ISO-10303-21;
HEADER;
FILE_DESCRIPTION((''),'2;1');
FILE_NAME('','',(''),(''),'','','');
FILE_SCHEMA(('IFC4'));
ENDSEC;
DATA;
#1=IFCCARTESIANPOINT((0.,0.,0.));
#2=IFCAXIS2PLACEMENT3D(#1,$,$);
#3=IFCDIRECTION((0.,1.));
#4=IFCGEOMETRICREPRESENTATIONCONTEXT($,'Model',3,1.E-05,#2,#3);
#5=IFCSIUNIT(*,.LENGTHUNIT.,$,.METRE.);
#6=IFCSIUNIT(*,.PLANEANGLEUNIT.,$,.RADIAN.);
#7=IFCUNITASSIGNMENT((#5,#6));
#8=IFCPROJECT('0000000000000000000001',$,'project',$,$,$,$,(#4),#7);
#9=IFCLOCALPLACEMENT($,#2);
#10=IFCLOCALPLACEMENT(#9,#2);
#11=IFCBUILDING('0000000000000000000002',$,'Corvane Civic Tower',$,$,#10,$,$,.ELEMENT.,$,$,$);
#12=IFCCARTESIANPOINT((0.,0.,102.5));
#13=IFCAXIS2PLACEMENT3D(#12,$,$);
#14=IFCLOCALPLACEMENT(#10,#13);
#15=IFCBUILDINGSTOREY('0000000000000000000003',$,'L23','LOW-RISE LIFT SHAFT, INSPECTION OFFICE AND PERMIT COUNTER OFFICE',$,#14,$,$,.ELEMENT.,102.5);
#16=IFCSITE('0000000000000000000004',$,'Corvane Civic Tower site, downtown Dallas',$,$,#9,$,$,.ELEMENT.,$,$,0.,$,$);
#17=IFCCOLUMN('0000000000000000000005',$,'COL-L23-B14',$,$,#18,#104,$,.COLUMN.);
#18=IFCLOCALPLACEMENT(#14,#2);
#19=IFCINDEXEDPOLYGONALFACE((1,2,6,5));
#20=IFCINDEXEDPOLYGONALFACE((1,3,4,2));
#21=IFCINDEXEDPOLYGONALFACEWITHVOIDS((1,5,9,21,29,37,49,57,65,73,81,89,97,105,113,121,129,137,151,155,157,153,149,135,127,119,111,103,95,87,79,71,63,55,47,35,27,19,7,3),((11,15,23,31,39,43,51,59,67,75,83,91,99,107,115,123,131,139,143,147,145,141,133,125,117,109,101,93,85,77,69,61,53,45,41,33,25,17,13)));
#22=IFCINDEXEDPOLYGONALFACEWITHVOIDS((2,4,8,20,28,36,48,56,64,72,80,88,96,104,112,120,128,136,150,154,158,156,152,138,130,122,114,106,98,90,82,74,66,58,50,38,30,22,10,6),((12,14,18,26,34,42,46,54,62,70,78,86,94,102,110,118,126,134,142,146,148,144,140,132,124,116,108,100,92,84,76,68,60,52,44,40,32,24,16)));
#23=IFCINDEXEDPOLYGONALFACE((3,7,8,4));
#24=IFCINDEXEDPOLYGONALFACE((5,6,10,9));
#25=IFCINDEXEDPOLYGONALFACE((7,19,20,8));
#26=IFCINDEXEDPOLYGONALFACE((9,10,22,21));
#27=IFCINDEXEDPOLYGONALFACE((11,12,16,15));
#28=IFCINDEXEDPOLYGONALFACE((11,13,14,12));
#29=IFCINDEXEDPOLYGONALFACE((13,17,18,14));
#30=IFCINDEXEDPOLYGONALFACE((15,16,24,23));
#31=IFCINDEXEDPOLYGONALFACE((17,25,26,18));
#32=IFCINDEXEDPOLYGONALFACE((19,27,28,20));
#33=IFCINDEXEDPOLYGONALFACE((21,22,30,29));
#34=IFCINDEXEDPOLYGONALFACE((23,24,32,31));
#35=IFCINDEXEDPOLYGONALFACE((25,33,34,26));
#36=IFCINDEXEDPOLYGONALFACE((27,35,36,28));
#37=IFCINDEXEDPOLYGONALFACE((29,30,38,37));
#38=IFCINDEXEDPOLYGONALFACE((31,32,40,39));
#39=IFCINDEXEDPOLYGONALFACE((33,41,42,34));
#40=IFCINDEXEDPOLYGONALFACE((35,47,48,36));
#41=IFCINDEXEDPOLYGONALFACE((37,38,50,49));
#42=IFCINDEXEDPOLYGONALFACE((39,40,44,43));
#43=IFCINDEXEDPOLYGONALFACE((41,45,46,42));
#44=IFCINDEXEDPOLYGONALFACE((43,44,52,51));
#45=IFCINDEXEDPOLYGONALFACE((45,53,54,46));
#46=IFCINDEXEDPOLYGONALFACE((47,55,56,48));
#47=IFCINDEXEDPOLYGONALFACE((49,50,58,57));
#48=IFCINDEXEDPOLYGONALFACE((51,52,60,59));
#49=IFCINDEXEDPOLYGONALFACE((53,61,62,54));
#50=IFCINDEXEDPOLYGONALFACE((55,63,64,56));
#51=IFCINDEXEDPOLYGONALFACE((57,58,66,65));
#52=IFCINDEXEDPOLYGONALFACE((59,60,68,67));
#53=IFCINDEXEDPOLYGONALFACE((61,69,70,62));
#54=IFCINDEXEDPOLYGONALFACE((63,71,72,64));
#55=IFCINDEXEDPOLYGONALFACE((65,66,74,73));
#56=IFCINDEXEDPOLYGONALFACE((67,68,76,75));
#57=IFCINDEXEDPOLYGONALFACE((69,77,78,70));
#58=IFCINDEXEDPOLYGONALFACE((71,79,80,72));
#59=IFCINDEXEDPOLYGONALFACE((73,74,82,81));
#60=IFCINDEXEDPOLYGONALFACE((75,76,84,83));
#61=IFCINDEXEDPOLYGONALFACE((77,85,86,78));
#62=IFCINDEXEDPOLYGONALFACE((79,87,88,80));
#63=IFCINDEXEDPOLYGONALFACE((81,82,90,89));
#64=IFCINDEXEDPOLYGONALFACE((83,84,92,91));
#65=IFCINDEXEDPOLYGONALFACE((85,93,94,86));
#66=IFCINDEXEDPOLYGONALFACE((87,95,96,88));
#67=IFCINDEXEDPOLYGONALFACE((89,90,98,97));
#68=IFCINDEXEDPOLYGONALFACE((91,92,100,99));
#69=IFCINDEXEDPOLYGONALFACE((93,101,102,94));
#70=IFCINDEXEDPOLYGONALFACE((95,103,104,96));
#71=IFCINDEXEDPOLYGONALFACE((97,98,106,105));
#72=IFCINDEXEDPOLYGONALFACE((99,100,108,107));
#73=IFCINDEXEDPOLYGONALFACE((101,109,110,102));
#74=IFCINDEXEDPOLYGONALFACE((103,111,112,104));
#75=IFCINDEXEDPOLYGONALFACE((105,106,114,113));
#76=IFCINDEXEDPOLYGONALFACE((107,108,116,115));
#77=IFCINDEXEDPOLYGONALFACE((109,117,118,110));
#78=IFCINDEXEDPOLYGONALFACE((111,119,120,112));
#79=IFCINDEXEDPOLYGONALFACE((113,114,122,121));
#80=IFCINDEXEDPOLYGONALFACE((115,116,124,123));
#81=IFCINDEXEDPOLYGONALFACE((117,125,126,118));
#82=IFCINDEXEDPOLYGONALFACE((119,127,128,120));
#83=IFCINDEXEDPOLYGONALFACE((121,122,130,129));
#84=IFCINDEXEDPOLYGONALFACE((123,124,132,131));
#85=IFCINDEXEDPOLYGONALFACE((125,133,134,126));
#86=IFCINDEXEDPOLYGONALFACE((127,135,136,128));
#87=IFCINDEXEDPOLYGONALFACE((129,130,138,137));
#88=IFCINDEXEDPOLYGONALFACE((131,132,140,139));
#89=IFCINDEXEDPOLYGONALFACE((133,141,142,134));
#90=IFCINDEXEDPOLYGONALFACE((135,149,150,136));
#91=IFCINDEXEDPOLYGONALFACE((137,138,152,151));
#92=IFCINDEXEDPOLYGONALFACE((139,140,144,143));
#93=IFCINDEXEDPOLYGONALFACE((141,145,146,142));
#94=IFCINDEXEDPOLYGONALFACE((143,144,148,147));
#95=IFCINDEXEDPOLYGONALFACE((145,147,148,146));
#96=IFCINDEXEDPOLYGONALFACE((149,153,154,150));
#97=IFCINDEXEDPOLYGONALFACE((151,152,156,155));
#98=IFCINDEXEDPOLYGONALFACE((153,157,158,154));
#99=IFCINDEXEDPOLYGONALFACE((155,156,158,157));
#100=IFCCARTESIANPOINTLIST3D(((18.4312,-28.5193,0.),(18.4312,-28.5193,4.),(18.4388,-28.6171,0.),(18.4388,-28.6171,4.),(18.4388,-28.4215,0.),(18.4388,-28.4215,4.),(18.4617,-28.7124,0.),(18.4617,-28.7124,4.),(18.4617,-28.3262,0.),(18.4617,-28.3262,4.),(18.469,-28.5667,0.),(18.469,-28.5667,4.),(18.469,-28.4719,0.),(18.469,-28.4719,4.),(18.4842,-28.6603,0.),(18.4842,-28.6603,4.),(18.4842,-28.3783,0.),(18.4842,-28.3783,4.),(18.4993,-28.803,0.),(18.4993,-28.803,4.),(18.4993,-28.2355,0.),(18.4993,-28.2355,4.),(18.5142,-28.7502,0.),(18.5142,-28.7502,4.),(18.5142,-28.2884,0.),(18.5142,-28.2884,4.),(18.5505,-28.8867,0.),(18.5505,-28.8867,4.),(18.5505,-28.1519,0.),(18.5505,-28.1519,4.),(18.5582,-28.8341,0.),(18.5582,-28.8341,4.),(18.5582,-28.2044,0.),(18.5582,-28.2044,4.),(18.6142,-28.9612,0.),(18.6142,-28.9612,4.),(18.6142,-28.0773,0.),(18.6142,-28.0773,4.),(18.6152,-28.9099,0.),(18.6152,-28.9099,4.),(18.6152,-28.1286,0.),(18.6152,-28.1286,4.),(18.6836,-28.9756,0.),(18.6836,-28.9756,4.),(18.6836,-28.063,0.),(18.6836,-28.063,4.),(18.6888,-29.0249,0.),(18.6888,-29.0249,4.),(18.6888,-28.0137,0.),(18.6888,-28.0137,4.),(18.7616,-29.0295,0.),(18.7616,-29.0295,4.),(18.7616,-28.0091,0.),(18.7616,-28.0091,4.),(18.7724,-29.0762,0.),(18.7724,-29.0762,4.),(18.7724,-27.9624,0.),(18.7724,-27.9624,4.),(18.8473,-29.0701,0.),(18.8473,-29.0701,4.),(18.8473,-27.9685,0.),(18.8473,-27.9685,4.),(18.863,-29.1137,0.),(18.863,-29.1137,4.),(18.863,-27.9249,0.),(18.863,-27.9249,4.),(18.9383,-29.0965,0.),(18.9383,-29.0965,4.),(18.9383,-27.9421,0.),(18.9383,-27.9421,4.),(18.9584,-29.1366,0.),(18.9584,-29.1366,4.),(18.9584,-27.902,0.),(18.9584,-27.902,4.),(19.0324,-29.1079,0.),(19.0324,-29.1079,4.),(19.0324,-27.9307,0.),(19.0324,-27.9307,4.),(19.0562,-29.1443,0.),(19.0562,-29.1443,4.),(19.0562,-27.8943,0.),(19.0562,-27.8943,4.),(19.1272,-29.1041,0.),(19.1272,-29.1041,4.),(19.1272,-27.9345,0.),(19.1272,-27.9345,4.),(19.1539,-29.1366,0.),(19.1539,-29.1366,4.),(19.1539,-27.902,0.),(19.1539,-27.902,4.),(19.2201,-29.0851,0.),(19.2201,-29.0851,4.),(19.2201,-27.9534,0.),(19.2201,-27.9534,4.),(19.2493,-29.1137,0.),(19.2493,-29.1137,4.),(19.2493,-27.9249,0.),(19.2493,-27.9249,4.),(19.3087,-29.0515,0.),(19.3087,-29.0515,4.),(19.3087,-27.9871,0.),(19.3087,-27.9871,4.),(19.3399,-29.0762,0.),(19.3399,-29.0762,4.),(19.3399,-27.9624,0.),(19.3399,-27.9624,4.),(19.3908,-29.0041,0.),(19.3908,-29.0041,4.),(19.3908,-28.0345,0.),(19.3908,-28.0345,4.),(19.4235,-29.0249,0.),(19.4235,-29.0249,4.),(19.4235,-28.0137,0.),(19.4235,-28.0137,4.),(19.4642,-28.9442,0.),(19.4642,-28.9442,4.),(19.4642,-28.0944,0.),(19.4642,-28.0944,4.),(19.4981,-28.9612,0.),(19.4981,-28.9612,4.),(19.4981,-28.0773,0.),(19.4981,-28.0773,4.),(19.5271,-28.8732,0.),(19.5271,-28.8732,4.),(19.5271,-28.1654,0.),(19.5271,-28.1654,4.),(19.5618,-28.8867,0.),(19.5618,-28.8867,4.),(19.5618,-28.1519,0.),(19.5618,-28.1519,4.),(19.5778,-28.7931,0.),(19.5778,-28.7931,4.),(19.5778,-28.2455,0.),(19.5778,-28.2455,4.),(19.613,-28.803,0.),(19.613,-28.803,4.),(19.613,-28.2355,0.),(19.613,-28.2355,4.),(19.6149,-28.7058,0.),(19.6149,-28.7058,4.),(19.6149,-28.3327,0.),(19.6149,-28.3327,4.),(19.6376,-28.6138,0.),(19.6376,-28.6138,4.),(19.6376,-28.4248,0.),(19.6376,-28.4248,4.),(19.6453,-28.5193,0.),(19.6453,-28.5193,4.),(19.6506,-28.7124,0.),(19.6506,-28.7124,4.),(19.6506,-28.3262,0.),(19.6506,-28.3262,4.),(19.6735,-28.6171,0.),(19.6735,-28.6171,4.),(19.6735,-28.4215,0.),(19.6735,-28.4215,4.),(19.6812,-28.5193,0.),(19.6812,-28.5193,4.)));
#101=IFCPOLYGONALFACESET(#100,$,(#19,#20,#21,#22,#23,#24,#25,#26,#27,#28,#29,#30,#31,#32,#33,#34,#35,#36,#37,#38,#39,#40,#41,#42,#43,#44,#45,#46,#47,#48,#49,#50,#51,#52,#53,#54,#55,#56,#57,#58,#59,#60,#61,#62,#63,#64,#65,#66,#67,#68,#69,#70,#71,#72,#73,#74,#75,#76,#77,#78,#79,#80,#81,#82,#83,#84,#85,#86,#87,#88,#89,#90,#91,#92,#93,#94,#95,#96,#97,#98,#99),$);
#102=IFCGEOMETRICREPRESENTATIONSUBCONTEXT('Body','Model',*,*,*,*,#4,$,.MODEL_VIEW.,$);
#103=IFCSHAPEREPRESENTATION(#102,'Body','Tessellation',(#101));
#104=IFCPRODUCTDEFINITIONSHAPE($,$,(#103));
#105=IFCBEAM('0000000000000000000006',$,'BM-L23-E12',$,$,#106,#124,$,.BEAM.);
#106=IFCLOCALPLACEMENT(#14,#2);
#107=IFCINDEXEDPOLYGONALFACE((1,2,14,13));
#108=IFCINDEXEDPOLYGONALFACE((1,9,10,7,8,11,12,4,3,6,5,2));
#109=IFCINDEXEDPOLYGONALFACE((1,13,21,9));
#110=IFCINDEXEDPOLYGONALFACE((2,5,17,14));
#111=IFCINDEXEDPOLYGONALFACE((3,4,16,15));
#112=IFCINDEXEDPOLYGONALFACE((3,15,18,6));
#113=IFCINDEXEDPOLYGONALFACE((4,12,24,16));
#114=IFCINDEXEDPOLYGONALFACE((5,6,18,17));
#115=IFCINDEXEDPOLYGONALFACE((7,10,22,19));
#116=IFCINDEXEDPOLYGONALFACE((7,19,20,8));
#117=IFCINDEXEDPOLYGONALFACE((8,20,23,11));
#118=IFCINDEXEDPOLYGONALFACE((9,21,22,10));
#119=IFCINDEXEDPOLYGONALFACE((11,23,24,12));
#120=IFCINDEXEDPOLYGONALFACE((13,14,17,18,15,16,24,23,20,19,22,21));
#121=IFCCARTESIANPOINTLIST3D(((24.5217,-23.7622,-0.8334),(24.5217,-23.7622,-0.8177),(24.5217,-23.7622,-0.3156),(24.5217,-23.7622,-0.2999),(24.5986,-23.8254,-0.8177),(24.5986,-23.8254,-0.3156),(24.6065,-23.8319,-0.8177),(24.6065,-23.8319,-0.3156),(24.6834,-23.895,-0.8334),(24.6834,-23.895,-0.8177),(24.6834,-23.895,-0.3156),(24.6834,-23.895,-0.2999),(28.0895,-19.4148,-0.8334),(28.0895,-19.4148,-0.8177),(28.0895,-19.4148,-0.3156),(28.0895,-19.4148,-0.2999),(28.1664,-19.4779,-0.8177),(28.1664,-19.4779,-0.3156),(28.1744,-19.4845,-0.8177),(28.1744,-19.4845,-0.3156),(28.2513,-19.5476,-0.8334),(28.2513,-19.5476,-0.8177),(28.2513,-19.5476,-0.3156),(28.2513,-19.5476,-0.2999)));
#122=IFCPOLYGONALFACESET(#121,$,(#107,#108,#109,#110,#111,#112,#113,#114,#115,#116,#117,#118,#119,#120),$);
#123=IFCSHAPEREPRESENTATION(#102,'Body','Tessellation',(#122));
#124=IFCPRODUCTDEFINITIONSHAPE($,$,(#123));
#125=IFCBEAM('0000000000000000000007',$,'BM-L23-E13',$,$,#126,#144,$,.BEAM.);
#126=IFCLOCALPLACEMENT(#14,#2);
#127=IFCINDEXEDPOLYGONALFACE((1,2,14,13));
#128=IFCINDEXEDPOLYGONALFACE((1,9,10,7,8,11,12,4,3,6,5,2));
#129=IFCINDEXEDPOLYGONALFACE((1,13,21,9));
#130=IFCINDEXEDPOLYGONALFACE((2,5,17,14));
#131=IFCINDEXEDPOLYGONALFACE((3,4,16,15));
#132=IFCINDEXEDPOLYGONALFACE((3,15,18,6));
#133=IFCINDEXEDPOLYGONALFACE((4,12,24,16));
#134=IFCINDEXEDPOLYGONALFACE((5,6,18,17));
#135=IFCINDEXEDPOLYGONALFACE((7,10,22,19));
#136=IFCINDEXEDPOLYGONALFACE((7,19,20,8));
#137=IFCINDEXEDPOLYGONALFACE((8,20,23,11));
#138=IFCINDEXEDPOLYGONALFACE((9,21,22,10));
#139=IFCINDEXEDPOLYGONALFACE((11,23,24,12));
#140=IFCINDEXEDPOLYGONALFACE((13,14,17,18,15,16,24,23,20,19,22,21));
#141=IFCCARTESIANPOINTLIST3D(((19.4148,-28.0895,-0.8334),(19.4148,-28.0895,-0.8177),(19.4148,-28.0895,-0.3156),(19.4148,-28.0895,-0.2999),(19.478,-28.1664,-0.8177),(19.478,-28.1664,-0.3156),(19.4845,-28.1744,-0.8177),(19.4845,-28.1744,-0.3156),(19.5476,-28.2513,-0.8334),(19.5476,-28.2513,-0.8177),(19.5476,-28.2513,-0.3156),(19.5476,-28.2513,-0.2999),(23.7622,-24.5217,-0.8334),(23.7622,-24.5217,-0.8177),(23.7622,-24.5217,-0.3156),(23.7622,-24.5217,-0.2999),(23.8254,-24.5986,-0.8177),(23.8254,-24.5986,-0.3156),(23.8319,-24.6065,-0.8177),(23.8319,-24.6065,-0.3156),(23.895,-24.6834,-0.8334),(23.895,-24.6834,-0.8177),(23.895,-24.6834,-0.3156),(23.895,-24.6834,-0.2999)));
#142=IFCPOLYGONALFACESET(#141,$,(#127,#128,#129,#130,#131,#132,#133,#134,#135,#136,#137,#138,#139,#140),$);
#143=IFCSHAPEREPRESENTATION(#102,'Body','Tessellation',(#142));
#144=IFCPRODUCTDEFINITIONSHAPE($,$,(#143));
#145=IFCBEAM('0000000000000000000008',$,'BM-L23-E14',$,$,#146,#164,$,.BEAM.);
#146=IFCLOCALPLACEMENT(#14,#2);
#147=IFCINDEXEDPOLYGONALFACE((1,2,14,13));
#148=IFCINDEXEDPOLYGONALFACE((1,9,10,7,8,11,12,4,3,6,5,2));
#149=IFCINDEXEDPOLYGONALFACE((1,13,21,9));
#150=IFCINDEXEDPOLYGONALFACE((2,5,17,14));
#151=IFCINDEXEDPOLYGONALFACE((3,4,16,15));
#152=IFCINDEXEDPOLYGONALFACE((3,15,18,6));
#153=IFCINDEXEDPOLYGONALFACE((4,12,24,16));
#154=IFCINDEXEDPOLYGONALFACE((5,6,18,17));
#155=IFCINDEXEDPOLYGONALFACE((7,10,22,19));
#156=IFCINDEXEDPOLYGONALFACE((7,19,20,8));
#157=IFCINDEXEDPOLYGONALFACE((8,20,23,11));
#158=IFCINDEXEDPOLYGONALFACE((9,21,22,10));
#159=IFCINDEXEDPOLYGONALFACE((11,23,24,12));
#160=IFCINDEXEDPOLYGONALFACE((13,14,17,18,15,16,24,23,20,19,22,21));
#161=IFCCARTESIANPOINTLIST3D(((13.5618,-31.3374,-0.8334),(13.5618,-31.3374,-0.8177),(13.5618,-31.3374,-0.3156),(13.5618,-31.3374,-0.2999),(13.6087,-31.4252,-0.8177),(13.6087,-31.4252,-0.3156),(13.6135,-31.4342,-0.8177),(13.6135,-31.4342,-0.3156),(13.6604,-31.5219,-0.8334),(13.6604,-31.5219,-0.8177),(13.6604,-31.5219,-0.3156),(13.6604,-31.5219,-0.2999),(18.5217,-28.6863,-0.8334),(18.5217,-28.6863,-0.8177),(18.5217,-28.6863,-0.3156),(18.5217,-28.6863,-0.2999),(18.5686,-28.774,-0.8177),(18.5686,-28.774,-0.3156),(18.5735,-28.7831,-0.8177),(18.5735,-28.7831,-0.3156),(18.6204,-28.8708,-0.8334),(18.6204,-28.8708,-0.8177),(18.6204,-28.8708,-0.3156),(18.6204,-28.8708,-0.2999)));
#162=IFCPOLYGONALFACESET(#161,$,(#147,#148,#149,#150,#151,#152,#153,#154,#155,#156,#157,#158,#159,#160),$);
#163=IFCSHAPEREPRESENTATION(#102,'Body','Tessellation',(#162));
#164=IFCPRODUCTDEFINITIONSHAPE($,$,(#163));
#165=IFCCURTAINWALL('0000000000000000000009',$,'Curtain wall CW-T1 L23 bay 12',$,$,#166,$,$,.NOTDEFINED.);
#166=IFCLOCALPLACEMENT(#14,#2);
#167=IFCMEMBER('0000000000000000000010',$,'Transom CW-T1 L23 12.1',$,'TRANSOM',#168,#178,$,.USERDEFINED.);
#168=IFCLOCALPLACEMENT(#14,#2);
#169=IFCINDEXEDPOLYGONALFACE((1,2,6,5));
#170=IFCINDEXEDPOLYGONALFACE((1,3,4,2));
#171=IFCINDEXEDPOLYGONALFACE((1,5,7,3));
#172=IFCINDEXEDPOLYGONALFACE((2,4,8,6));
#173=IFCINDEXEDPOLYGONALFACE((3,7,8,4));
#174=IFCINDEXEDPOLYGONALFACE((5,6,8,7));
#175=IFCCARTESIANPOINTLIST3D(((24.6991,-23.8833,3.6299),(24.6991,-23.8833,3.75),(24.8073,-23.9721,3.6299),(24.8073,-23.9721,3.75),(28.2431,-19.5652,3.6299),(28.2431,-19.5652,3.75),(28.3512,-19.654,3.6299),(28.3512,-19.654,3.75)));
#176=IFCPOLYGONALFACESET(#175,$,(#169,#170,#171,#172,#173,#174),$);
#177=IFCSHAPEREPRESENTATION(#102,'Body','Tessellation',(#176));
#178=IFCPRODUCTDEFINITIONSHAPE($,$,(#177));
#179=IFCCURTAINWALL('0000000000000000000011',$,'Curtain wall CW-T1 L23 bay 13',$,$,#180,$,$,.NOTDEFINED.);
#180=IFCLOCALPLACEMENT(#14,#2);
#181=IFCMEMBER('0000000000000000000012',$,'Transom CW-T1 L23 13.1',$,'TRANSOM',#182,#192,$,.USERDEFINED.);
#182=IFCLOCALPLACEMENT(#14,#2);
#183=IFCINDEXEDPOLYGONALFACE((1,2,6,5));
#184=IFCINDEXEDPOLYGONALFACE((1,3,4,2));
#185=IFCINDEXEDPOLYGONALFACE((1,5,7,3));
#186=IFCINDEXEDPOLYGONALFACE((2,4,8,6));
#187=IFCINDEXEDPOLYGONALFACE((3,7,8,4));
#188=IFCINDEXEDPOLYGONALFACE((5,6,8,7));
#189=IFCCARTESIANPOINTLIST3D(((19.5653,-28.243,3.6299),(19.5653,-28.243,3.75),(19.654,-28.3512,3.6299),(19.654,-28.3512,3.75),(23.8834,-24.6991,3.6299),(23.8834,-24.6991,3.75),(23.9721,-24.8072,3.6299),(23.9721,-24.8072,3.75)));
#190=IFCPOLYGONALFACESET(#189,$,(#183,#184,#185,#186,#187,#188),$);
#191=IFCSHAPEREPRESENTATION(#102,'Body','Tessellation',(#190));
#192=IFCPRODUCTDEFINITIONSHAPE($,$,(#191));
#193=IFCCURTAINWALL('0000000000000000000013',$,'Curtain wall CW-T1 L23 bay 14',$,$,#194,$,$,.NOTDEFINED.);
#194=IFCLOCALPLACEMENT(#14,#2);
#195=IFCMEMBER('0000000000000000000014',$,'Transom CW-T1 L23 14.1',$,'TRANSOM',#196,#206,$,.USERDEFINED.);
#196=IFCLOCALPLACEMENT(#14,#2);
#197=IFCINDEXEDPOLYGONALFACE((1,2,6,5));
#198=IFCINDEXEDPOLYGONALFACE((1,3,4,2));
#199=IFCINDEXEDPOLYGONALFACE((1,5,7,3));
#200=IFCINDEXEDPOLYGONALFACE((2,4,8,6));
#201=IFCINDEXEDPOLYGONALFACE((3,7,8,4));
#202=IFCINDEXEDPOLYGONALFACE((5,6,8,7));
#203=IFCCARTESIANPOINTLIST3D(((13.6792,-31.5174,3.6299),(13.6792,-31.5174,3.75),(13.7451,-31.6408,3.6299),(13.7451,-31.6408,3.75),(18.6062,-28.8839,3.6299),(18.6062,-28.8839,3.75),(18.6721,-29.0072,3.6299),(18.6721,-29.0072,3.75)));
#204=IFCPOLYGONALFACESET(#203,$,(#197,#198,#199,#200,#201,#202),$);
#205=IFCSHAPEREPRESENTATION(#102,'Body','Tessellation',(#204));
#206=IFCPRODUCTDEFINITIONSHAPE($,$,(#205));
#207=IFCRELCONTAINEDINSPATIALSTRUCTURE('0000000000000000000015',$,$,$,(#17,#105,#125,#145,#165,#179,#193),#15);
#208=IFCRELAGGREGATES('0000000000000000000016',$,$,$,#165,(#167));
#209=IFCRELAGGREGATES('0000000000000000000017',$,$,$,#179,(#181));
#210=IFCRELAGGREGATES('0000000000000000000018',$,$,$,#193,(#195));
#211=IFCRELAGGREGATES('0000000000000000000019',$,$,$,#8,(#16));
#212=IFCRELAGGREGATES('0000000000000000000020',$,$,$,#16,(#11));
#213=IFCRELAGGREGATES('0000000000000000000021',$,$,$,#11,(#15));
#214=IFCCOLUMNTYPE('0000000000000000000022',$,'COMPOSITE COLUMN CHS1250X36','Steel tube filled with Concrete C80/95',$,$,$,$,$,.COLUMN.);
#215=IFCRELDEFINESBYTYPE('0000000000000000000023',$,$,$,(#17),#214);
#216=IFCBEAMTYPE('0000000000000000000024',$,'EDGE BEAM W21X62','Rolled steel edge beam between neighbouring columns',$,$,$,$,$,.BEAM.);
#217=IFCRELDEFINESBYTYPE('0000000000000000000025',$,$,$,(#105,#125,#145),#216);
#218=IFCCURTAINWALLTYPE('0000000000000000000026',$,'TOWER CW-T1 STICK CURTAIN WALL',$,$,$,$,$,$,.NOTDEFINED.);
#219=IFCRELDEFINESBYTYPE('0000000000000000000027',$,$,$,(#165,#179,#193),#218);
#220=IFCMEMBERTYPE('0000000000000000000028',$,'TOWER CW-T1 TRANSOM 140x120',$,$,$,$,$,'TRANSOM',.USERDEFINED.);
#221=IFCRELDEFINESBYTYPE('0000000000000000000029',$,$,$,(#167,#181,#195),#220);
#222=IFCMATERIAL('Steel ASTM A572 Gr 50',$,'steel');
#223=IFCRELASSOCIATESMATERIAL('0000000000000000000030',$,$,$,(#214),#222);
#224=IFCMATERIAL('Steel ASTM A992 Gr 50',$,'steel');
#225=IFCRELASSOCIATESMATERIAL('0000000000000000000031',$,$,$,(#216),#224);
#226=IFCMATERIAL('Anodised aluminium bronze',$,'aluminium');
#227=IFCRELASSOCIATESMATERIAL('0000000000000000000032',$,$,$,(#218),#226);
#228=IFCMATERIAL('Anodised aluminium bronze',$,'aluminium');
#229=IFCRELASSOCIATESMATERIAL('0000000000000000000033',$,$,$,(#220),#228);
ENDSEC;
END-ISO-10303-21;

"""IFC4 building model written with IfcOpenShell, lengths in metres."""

from ifc_helpers import new_model, si_unit, direction, frame, origin, origin_2d, place, context, subcontext, project, spatial, rectangle, hollow_circle, i_section, extrude, material, material_profile, profile_set, type_object, element, aggregate, save


model = new_model("IFC4")

# Units and contexts
model_context = context("Model", 3, precision=1e-05, world=origin(), true_north=direction((0.0, 1.0)))
body_context = subcontext(model_context, "Body", "Model", "MODEL_VIEW")
ifc_project = project(units=[si_unit("LENGTHUNIT", "METRE"), si_unit("PLANEANGLEUNIT", "RADIAN")], contexts=[model_context])

# Site, building, storey
site_placement = place(None, origin())
site = spatial("IfcSite", under=ifc_project, at=site_placement, Name="Corvane Civic Tower site, downtown Dallas", CompositionType="ELEMENT", RefElevation=0.0)
building_placement = place(site_placement, origin())
building = spatial("IfcBuilding", under=site, at=building_placement, Name="Corvane Civic Tower", CompositionType="ELEMENT")
storey_placement = place(building_placement, frame((0.0, 0.0, 102.5)))
storey = spatial("IfcBuildingStorey", under=building, at=storey_placement, Name="L23", Description="LOW-RISE LIFT SHAFT, INSPECTION OFFICE AND PERMIT COUNTER OFFICE", CompositionType="ELEMENT", Elevation=102.5)

# Column
ifc_material_1 = material(Name="Steel ASTM A572 Gr 50", Category="steel")
ifc_material_profile_1 = material_profile(ifc_material_1, hollow_circle(Radius=0.625, WallThickness=0.0359, at=origin_2d()), Name="CHS1250X36")
ifc_profile_set_1 = profile_set([ifc_material_profile_1], Name="Steel ASTM A572 Gr 50")
column_type = type_object("IfcColumnType", Name="COMPOSITE COLUMN CHS1250X36", Description="Steel tube filled with Concrete C80/95", PredefinedType="COLUMN", material=ifc_profile_set_1)
for number, where, z_axis, x_axis, name in (
    (1, (19.0562, -28.5193, 0.0), (0.0, 0.0, 1.0), (1.0, 0.0, 0.0), "COL-L23-B14"),
):
    element("IfcColumn", number, at=place(storey_placement, frame(where, z_axis=z_axis, x_axis=x_axis)), inside=storey, type_object=column_type, Name=name, PredefinedType="COLUMN", context=body_context, shape_type="SweptSolid", body=[
        extrude(hollow_circle(Radius=0.625, WallThickness=0.0359, at=origin_2d()), origin(), (0.0, 0.0, 1.0), 4.0),
    ])

# Beams
ifc_material_2 = material(Name="Steel ASTM A992 Gr 50", Category="steel")
ifc_material_profile_2 = material_profile(ifc_material_2, i_section(OverallWidth=0.2092, OverallDepth=0.5334, WebThickness=0.0103, FlangeThickness=0.0156, at=origin_2d()), Name="W21X62")
ifc_profile_set_2 = profile_set([ifc_material_profile_2], Name="Steel ASTM A992 Gr 50")
beam_type = type_object("IfcBeamType", Name="EDGE BEAM W21X62", Description="Rolled steel edge beam between neighbouring columns", PredefinedType="BEAM", material=ifc_profile_set_2)
for number, where, z_axis, x_axis, name in (
    (2, (28.1704, -19.4812, -0.5667), (-0.634398, -0.773007, 0.0), (0.773007, -0.634398, 0.0), "BM-L23-E12"),
    (3, (23.8286, -24.6025, -0.5667), (-0.773007, -0.634398, 0.0), (0.634398, -0.773007, 0.0), "BM-L23-E13"),
    (4, (18.571, -28.7786, -0.5667), (-0.881924, -0.471392, 0.0), (0.471392, -0.881924, 0.0), "BM-L23-E14"),
):
    element("IfcBeam", number, at=place(storey_placement, frame(where, z_axis=z_axis, x_axis=x_axis)), inside=storey, type_object=beam_type, Name=name, PredefinedType="BEAM", context=body_context, shape_type="SweptSolid", body=[
        extrude(i_section(OverallWidth=0.2092, OverallDepth=0.5334, WebThickness=0.0103, FlangeThickness=0.0156, at=origin_2d()), origin(), (0.0, 0.0, 1.0), 5.624),
    ])

# Curtain walls, members
ifc_material_3 = material(Name="Anodised aluminium bronze", Category="aluminium")
curtain_wall_type = type_object("IfcCurtainWallType", Name="TOWER CW-T1 STICK CURTAIN WALL", PredefinedType="NOTDEFINED", material=ifc_material_3)
curtain_wall_1_placement = place(storey_placement, origin())
curtain_wall_1 = element("IfcCurtainWall", 5, at=curtain_wall_1_placement, inside=storey, type_object=curtain_wall_type, Name="Curtain wall CW-T1 L23 bay 12", PredefinedType="NOTDEFINED")
ifc_material_4 = material(Name="Anodised aluminium bronze", Category="aluminium")
ifc_material_profile_3 = material_profile(ifc_material_4, rectangle(XDim=0.1399, YDim=0.1201, at=origin_2d()), Name="TOWER CW-T1 TRANSOM 140x120")
ifc_profile_set_3 = profile_set([ifc_material_profile_3], Name="Anodised aluminium bronze")
member_type = type_object("IfcMemberType", Name="TOWER CW-T1 TRANSOM 140x120", ElementType="TRANSOM", PredefinedType="USERDEFINED", material=ifc_profile_set_3)
member_1_placement = place(storey_placement, frame((28.2971, -19.6096, 3.6899), z_axis=(-0.63441, -0.772996, 0.0), x_axis=(0.772996, -0.63441, 0.0)))
member_1 = element("IfcMember", 6, at=member_1_placement, type_object=member_type, Name="Transom CW-T1 L23 12.1", ObjectType="TRANSOM", PredefinedType="USERDEFINED", context=body_context, shape_type="SweptSolid", body=[
    extrude(rectangle(XDim=0.1399, YDim=0.1201, at=origin_2d()), origin(), (0.0, 0.0, 1.0), 5.5862),
])
curtain_wall_2_placement = place(storey_placement, origin())
curtain_wall_2 = element("IfcCurtainWall", 7, at=curtain_wall_2_placement, inside=storey, type_object=curtain_wall_type, Name="Curtain wall CW-T1 L23 bay 13", PredefinedType="NOTDEFINED")
member_2_placement = place(storey_placement, frame((23.9277, -24.7532, 3.6899), z_axis=(-0.772996, -0.63441, 0.0), x_axis=(0.63441, -0.772996, 0.0)))
member_2 = element("IfcMember", 8, at=member_2_placement, type_object=member_type, Name="Transom CW-T1 L23 13.1", ObjectType="TRANSOM", PredefinedType="USERDEFINED", context=body_context, shape_type="SweptSolid", body=[
    extrude(rectangle(XDim=0.1399, YDim=0.1201, at=origin_2d()), origin(), (0.0, 0.0, 1.0), 5.5862),
])
curtain_wall_3_placement = place(storey_placement, origin())
curtain_wall_3 = element("IfcCurtainWall", 9, at=curtain_wall_3_placement, inside=storey, type_object=curtain_wall_type, Name="Curtain wall CW-T1 L23 bay 14", PredefinedType="NOTDEFINED")
member_3_placement = place(storey_placement, frame((18.6392, -28.9456, 3.6899), z_axis=(-0.881921, -0.471398, 0.0), x_axis=(0.471398, -0.881921, 0.0)))
member_3 = element("IfcMember", 10, at=member_3_placement, type_object=member_type, Name="Transom CW-T1 L23 14.1", ObjectType="TRANSOM", PredefinedType="USERDEFINED", context=body_context, shape_type="SweptSolid", body=[
    extrude(rectangle(XDim=0.1399, YDim=0.1201, at=origin_2d()), origin(), (0.0, 0.0, 1.0), 5.5867),
])

aggregate(curtain_wall_1, [member_1])
aggregate(curtain_wall_2, [member_2])
aggregate(curtain_wall_3, [member_3])

save(model, "model.ifc")
